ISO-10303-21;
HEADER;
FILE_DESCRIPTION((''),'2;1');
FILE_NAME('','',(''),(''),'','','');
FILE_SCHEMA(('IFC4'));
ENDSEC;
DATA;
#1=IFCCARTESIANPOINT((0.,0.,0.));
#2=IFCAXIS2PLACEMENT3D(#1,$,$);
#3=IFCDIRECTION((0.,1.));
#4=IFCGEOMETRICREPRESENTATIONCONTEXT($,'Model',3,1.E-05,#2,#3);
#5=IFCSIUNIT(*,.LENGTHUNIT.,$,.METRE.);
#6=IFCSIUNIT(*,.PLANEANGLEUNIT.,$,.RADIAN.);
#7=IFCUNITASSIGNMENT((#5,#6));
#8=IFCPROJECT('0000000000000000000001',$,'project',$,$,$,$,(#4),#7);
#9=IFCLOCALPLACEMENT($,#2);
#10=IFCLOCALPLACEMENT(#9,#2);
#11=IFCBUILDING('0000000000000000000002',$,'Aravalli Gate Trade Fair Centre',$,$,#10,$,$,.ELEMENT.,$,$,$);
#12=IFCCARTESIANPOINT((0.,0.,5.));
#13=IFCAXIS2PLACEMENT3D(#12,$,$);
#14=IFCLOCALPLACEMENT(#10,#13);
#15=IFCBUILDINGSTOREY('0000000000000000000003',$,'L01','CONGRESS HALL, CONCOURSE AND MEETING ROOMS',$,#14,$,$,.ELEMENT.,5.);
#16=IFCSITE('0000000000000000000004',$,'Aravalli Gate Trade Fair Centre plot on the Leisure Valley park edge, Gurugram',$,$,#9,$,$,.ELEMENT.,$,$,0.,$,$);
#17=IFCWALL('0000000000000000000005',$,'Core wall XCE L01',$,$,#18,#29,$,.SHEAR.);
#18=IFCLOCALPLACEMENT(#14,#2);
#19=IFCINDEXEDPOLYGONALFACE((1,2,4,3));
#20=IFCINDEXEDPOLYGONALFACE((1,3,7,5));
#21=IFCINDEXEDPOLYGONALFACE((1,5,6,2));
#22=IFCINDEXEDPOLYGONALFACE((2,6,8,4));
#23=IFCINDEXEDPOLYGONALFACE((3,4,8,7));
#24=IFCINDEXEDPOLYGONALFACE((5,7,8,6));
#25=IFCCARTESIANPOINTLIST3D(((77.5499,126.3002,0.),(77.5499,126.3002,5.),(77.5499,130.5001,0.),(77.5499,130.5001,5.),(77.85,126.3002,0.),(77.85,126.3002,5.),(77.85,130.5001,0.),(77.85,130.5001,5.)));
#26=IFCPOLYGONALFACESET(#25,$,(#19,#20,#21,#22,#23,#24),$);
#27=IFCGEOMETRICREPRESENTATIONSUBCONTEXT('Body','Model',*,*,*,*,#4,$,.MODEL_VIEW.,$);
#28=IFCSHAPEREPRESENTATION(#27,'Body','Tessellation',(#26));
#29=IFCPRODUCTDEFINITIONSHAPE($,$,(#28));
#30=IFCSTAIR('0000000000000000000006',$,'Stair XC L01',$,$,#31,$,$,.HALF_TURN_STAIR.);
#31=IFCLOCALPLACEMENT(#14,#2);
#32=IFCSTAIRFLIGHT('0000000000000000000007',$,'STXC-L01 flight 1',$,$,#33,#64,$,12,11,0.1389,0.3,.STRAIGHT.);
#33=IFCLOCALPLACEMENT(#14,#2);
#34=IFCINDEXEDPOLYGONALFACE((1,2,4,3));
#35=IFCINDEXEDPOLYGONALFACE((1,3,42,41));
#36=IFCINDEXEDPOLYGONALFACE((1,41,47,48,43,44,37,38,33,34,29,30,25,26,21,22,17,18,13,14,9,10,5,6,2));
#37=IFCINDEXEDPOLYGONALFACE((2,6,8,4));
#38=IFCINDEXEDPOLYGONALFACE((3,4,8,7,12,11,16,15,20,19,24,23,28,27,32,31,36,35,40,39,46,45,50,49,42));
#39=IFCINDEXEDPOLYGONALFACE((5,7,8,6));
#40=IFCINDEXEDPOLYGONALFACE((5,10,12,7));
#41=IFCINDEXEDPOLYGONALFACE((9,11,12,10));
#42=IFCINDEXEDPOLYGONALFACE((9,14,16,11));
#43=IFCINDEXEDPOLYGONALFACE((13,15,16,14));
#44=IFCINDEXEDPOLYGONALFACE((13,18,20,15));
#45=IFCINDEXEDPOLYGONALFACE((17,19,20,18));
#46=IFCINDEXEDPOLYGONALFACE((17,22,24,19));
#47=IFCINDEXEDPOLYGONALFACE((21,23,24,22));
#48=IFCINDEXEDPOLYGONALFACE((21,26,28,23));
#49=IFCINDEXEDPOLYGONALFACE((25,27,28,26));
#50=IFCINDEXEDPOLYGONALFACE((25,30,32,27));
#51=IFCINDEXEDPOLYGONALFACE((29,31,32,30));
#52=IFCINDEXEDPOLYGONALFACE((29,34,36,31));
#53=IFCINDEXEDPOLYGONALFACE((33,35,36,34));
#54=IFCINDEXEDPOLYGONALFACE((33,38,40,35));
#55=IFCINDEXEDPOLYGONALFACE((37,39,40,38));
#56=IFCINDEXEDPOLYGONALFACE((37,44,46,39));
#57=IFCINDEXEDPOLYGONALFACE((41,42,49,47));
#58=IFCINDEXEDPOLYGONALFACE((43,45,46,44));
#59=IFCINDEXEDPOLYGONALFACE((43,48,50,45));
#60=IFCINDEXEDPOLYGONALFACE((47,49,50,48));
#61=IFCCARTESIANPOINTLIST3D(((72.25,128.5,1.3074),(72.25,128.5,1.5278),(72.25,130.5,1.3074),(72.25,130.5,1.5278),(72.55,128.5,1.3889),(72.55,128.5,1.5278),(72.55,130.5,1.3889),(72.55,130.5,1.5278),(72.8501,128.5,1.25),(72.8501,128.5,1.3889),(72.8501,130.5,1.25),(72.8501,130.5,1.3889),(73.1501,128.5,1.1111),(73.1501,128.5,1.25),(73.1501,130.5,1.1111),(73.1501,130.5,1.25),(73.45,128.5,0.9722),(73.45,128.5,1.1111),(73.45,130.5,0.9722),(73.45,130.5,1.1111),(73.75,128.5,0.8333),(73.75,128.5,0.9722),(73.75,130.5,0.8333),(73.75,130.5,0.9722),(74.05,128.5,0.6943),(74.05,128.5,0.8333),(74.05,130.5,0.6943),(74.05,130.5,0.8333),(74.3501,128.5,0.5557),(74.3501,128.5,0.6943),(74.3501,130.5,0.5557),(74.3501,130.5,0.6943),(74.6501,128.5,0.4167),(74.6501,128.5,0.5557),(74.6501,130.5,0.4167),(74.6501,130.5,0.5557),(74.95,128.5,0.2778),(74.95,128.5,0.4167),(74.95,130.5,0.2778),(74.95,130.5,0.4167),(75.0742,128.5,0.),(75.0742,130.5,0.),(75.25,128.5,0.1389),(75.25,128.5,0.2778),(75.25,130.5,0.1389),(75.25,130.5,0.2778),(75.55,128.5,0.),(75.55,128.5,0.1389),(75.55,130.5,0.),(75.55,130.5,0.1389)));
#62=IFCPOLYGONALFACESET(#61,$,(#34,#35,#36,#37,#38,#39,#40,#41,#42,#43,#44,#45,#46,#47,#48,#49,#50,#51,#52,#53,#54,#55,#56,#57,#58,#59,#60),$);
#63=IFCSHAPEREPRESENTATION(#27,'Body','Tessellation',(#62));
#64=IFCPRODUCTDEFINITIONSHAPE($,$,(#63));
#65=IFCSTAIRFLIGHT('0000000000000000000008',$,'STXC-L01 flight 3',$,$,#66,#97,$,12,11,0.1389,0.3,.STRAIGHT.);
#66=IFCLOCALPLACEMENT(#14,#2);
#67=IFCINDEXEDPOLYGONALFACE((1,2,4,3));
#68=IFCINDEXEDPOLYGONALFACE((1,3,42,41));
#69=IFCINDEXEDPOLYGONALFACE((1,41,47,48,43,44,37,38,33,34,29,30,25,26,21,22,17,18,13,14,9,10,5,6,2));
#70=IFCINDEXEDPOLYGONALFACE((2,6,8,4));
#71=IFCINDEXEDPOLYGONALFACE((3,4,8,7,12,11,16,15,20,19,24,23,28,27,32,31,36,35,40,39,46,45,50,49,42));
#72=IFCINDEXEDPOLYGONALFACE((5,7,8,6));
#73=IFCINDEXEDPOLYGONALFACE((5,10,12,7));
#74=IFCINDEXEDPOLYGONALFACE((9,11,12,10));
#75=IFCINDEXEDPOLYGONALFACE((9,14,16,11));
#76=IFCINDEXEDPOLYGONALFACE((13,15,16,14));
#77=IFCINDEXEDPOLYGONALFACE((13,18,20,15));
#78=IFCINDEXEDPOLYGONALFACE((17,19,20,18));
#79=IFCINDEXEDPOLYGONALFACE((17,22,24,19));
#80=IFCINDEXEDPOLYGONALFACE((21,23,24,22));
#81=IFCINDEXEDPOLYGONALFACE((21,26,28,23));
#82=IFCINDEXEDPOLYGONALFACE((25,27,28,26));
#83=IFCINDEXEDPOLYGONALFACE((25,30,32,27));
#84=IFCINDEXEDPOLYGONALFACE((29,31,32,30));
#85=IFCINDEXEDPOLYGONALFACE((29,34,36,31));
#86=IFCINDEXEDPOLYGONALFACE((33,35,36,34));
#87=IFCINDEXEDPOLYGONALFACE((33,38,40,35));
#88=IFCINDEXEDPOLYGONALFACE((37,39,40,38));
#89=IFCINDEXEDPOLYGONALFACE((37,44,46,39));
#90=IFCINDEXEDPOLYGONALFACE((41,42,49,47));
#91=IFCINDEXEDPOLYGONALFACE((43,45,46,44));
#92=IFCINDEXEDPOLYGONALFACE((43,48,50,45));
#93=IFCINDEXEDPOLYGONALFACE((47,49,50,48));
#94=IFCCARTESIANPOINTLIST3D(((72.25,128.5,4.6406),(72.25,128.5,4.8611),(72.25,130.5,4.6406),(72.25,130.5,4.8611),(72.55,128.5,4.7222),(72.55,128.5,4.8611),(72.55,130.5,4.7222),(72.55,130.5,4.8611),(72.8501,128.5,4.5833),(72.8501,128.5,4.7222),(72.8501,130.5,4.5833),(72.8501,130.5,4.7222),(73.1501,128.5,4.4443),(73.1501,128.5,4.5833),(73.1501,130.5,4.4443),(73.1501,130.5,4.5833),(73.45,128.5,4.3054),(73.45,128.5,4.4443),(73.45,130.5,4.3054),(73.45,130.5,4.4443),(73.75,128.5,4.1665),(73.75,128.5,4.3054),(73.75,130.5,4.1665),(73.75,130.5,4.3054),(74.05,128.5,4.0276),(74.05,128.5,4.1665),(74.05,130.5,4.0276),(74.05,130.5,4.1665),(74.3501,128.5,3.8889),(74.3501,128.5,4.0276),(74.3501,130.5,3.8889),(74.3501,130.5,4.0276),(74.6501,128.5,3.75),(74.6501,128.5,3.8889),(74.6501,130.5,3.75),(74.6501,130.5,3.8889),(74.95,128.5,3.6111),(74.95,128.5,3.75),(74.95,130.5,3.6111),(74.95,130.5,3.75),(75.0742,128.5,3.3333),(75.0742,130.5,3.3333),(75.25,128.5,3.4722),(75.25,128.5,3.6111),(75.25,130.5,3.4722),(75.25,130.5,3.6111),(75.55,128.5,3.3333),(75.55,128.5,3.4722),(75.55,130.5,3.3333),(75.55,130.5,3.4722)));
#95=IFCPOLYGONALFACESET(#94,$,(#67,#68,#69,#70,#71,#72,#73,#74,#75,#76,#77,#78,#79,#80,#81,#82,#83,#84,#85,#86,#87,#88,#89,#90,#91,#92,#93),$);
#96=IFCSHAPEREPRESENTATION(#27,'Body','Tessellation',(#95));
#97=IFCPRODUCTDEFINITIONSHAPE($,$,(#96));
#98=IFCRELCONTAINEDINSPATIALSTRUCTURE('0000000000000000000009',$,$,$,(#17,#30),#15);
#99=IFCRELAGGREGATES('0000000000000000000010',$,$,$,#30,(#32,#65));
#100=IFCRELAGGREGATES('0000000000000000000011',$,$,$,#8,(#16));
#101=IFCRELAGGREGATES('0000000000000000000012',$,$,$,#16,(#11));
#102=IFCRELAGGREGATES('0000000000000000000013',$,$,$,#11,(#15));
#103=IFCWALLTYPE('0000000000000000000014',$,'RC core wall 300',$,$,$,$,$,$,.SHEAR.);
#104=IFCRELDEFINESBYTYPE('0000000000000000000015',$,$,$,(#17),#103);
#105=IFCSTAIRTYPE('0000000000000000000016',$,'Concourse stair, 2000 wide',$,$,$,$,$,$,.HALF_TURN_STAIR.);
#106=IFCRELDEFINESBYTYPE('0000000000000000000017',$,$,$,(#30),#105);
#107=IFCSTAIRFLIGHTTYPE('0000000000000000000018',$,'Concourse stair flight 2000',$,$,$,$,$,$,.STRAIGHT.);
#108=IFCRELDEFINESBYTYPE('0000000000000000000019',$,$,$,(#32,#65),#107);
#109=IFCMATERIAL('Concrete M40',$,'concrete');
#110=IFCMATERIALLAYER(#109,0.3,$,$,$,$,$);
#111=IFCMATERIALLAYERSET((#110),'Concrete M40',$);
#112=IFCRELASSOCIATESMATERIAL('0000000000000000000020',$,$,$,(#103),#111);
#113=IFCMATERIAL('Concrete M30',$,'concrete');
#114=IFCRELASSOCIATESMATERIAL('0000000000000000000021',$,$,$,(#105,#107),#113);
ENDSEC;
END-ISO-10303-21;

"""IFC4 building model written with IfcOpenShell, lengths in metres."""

from ifc_helpers import new_model, si_unit, direction, frame, frame_2d, origin, place, context, subcontext, project, spatial, polyline, rectangle, outline, extrude, material, layer, layer_set, type_object, element, aggregate, save


model = new_model("IFC4")

# Units and contexts
model_context = context("Model", 3, precision=1e-05, world=origin(), true_north=direction((0.0, 1.0)))
body_context = subcontext(model_context, "Body", "Model", "MODEL_VIEW")
ifc_project = project(units=[si_unit("LENGTHUNIT", "METRE"), si_unit("PLANEANGLEUNIT", "RADIAN")], contexts=[model_context])

# Site, building, storey
site_placement = place(None, origin())
site = spatial("IfcSite", under=ifc_project, at=site_placement, Name="Aravalli Gate Trade Fair Centre plot on the Leisure Valley park edge, Gurugram", CompositionType="ELEMENT", RefElevation=0.0)
building_placement = place(site_placement, origin())
building = spatial("IfcBuilding", under=site, at=building_placement, Name="Aravalli Gate Trade Fair Centre", CompositionType="ELEMENT")
storey_placement = place(building_placement, frame((0.0, 0.0, 5.0)))
storey = spatial("IfcBuildingStorey", under=building, at=storey_placement, Name="L01", Description="CONGRESS HALL, CONCOURSE AND MEETING ROOMS", CompositionType="ELEMENT", Elevation=5.0)

# Wall
ifc_material_1 = material(Name="Concrete M40", Category="concrete")
ifc_layer_1 = layer(ifc_material_1, 0.3)
ifc_layer_set_1 = layer_set([ifc_layer_1], Name="Concrete M40")
wall_type_1 = type_object("IfcWallType", Name="RC core wall 300", PredefinedType="SHEAR", material=ifc_layer_set_1)
wall_1_placement = place(storey_placement, frame((77.7, 126.3, 0.0), z_axis=(0.0, 0.0, 1.0), x_axis=(0.0, 1.0, 0.0)))
element("IfcWall", 1, at=wall_1_placement, inside=storey, type_object=wall_type_1, Name="Core wall XCE L01", PredefinedType="SHEAR", context=body_context, shape_type="SweptSolid", body=[
    extrude(rectangle(XDim=4.2, YDim=0.3, at=frame_2d((2.1001, 0.0))), origin(), (0.0, 0.0, 1.0), 5.0),
])

# Stair, stair flights
ifc_material_2 = material(Name="Concrete M30", Category="concrete")
stair_type = type_object("IfcStairType", Name="Concourse stair, 2000 wide", PredefinedType="HALF_TURN_STAIR", material=ifc_material_2)
stair_placement = place(storey_placement, origin())
stair = element("IfcStair", 2, at=stair_placement, inside=storey, type_object=stair_type, Name="Stair XC L01", PredefinedType="HALF_TURN_STAIR")
stair_flight_type = type_object("IfcStairFlightType", Name="Concourse stair flight 2000", PredefinedType="STRAIGHT", material=ifc_material_2)
stair_flight_1_placement = place(storey_placement, frame((75.55, 129.5, 0.0), z_axis=(0.0, 0.0, 1.0), x_axis=(-1.0, 0.0, 0.0)))
stair_flight_1 = element("IfcStairFlight", 3, at=stair_flight_1_placement, type_object=stair_flight_type, Name="STXC-L01 flight 1", NumberOfRisers=12, NumberOfTreads=11, PredefinedType="STRAIGHT", RiserHeight=0.1389, TreadLength=0.3, context=body_context, shape_type="SweptSolid", body=[
    extrude(outline(polyline([(0.0, 0.0), (0.0, 0.1389), (0.3, 0.1389), (0.3, 0.2778), (0.6001, 0.2778), (0.6001, 0.4167), (0.8999, 0.4167), (0.8999, 0.5557), (1.2, 0.5557), (1.2, 0.6943), (1.5, 0.6943), (1.5, 0.8333), (1.8, 0.8333), (1.8, 0.9722), (2.1001, 0.9722), (2.1001, 1.1111), (2.3999, 1.1111), (2.3999, 1.25), (2.7, 1.25), (2.7, 1.3889), (3.0, 1.3889), (3.0, 1.5278), (3.3, 1.5278), (3.3, 1.6667), (3.3, 1.3074), (0.4758, 0.0), (0.0, 0.0)])), frame((0.0, 1.0, 0.0), z_axis=(0.0, -1.0, 0.0), x_axis=(1.0, 0.0, 0.0)), (0.0, 0.0, 1.0), 2.0),
])
stair_flight_2_placement = place(storey_placement, frame((75.55, 129.5, 3.3333), z_axis=(0.0, 0.0, 1.0), x_axis=(-1.0, 0.0, 0.0)))
stair_flight_2 = element("IfcStairFlight", 4, at=stair_flight_2_placement, type_object=stair_flight_type, Name="STXC-L01 flight 3", NumberOfRisers=12, NumberOfTreads=11, PredefinedType="STRAIGHT", RiserHeight=0.1389, TreadLength=0.3, context=body_context, shape_type="SweptSolid", body=[
    extrude(outline(polyline([(0.0, 0.0), (0.0, 0.1389), (0.3, 0.1389), (0.3, 0.2778), (0.6001, 0.2778), (0.6001, 0.4167), (0.8999, 0.4167), (0.8999, 0.5557), (1.2, 0.5557), (1.2, 0.6943), (1.5, 0.6943), (1.5, 0.8333), (1.8, 0.8333), (1.8, 0.9722), (2.1001, 0.9722), (2.1001, 1.1111), (2.3999, 1.1111), (2.3999, 1.25), (2.7, 1.25), (2.7, 1.3889), (3.0, 1.3889), (3.0, 1.5278), (3.3, 1.5278), (3.3, 1.6667), (3.3, 1.3074), (0.4758, 0.0), (0.0, 0.0)])), frame((0.0, 1.0, 0.0), z_axis=(0.0, -1.0, 0.0), x_axis=(1.0, 0.0, 0.0)), (0.0, 0.0, 1.0), 2.0),
])
aggregate(stair, [stair_flight_1, stair_flight_2])

save(model, "model.ifc")
